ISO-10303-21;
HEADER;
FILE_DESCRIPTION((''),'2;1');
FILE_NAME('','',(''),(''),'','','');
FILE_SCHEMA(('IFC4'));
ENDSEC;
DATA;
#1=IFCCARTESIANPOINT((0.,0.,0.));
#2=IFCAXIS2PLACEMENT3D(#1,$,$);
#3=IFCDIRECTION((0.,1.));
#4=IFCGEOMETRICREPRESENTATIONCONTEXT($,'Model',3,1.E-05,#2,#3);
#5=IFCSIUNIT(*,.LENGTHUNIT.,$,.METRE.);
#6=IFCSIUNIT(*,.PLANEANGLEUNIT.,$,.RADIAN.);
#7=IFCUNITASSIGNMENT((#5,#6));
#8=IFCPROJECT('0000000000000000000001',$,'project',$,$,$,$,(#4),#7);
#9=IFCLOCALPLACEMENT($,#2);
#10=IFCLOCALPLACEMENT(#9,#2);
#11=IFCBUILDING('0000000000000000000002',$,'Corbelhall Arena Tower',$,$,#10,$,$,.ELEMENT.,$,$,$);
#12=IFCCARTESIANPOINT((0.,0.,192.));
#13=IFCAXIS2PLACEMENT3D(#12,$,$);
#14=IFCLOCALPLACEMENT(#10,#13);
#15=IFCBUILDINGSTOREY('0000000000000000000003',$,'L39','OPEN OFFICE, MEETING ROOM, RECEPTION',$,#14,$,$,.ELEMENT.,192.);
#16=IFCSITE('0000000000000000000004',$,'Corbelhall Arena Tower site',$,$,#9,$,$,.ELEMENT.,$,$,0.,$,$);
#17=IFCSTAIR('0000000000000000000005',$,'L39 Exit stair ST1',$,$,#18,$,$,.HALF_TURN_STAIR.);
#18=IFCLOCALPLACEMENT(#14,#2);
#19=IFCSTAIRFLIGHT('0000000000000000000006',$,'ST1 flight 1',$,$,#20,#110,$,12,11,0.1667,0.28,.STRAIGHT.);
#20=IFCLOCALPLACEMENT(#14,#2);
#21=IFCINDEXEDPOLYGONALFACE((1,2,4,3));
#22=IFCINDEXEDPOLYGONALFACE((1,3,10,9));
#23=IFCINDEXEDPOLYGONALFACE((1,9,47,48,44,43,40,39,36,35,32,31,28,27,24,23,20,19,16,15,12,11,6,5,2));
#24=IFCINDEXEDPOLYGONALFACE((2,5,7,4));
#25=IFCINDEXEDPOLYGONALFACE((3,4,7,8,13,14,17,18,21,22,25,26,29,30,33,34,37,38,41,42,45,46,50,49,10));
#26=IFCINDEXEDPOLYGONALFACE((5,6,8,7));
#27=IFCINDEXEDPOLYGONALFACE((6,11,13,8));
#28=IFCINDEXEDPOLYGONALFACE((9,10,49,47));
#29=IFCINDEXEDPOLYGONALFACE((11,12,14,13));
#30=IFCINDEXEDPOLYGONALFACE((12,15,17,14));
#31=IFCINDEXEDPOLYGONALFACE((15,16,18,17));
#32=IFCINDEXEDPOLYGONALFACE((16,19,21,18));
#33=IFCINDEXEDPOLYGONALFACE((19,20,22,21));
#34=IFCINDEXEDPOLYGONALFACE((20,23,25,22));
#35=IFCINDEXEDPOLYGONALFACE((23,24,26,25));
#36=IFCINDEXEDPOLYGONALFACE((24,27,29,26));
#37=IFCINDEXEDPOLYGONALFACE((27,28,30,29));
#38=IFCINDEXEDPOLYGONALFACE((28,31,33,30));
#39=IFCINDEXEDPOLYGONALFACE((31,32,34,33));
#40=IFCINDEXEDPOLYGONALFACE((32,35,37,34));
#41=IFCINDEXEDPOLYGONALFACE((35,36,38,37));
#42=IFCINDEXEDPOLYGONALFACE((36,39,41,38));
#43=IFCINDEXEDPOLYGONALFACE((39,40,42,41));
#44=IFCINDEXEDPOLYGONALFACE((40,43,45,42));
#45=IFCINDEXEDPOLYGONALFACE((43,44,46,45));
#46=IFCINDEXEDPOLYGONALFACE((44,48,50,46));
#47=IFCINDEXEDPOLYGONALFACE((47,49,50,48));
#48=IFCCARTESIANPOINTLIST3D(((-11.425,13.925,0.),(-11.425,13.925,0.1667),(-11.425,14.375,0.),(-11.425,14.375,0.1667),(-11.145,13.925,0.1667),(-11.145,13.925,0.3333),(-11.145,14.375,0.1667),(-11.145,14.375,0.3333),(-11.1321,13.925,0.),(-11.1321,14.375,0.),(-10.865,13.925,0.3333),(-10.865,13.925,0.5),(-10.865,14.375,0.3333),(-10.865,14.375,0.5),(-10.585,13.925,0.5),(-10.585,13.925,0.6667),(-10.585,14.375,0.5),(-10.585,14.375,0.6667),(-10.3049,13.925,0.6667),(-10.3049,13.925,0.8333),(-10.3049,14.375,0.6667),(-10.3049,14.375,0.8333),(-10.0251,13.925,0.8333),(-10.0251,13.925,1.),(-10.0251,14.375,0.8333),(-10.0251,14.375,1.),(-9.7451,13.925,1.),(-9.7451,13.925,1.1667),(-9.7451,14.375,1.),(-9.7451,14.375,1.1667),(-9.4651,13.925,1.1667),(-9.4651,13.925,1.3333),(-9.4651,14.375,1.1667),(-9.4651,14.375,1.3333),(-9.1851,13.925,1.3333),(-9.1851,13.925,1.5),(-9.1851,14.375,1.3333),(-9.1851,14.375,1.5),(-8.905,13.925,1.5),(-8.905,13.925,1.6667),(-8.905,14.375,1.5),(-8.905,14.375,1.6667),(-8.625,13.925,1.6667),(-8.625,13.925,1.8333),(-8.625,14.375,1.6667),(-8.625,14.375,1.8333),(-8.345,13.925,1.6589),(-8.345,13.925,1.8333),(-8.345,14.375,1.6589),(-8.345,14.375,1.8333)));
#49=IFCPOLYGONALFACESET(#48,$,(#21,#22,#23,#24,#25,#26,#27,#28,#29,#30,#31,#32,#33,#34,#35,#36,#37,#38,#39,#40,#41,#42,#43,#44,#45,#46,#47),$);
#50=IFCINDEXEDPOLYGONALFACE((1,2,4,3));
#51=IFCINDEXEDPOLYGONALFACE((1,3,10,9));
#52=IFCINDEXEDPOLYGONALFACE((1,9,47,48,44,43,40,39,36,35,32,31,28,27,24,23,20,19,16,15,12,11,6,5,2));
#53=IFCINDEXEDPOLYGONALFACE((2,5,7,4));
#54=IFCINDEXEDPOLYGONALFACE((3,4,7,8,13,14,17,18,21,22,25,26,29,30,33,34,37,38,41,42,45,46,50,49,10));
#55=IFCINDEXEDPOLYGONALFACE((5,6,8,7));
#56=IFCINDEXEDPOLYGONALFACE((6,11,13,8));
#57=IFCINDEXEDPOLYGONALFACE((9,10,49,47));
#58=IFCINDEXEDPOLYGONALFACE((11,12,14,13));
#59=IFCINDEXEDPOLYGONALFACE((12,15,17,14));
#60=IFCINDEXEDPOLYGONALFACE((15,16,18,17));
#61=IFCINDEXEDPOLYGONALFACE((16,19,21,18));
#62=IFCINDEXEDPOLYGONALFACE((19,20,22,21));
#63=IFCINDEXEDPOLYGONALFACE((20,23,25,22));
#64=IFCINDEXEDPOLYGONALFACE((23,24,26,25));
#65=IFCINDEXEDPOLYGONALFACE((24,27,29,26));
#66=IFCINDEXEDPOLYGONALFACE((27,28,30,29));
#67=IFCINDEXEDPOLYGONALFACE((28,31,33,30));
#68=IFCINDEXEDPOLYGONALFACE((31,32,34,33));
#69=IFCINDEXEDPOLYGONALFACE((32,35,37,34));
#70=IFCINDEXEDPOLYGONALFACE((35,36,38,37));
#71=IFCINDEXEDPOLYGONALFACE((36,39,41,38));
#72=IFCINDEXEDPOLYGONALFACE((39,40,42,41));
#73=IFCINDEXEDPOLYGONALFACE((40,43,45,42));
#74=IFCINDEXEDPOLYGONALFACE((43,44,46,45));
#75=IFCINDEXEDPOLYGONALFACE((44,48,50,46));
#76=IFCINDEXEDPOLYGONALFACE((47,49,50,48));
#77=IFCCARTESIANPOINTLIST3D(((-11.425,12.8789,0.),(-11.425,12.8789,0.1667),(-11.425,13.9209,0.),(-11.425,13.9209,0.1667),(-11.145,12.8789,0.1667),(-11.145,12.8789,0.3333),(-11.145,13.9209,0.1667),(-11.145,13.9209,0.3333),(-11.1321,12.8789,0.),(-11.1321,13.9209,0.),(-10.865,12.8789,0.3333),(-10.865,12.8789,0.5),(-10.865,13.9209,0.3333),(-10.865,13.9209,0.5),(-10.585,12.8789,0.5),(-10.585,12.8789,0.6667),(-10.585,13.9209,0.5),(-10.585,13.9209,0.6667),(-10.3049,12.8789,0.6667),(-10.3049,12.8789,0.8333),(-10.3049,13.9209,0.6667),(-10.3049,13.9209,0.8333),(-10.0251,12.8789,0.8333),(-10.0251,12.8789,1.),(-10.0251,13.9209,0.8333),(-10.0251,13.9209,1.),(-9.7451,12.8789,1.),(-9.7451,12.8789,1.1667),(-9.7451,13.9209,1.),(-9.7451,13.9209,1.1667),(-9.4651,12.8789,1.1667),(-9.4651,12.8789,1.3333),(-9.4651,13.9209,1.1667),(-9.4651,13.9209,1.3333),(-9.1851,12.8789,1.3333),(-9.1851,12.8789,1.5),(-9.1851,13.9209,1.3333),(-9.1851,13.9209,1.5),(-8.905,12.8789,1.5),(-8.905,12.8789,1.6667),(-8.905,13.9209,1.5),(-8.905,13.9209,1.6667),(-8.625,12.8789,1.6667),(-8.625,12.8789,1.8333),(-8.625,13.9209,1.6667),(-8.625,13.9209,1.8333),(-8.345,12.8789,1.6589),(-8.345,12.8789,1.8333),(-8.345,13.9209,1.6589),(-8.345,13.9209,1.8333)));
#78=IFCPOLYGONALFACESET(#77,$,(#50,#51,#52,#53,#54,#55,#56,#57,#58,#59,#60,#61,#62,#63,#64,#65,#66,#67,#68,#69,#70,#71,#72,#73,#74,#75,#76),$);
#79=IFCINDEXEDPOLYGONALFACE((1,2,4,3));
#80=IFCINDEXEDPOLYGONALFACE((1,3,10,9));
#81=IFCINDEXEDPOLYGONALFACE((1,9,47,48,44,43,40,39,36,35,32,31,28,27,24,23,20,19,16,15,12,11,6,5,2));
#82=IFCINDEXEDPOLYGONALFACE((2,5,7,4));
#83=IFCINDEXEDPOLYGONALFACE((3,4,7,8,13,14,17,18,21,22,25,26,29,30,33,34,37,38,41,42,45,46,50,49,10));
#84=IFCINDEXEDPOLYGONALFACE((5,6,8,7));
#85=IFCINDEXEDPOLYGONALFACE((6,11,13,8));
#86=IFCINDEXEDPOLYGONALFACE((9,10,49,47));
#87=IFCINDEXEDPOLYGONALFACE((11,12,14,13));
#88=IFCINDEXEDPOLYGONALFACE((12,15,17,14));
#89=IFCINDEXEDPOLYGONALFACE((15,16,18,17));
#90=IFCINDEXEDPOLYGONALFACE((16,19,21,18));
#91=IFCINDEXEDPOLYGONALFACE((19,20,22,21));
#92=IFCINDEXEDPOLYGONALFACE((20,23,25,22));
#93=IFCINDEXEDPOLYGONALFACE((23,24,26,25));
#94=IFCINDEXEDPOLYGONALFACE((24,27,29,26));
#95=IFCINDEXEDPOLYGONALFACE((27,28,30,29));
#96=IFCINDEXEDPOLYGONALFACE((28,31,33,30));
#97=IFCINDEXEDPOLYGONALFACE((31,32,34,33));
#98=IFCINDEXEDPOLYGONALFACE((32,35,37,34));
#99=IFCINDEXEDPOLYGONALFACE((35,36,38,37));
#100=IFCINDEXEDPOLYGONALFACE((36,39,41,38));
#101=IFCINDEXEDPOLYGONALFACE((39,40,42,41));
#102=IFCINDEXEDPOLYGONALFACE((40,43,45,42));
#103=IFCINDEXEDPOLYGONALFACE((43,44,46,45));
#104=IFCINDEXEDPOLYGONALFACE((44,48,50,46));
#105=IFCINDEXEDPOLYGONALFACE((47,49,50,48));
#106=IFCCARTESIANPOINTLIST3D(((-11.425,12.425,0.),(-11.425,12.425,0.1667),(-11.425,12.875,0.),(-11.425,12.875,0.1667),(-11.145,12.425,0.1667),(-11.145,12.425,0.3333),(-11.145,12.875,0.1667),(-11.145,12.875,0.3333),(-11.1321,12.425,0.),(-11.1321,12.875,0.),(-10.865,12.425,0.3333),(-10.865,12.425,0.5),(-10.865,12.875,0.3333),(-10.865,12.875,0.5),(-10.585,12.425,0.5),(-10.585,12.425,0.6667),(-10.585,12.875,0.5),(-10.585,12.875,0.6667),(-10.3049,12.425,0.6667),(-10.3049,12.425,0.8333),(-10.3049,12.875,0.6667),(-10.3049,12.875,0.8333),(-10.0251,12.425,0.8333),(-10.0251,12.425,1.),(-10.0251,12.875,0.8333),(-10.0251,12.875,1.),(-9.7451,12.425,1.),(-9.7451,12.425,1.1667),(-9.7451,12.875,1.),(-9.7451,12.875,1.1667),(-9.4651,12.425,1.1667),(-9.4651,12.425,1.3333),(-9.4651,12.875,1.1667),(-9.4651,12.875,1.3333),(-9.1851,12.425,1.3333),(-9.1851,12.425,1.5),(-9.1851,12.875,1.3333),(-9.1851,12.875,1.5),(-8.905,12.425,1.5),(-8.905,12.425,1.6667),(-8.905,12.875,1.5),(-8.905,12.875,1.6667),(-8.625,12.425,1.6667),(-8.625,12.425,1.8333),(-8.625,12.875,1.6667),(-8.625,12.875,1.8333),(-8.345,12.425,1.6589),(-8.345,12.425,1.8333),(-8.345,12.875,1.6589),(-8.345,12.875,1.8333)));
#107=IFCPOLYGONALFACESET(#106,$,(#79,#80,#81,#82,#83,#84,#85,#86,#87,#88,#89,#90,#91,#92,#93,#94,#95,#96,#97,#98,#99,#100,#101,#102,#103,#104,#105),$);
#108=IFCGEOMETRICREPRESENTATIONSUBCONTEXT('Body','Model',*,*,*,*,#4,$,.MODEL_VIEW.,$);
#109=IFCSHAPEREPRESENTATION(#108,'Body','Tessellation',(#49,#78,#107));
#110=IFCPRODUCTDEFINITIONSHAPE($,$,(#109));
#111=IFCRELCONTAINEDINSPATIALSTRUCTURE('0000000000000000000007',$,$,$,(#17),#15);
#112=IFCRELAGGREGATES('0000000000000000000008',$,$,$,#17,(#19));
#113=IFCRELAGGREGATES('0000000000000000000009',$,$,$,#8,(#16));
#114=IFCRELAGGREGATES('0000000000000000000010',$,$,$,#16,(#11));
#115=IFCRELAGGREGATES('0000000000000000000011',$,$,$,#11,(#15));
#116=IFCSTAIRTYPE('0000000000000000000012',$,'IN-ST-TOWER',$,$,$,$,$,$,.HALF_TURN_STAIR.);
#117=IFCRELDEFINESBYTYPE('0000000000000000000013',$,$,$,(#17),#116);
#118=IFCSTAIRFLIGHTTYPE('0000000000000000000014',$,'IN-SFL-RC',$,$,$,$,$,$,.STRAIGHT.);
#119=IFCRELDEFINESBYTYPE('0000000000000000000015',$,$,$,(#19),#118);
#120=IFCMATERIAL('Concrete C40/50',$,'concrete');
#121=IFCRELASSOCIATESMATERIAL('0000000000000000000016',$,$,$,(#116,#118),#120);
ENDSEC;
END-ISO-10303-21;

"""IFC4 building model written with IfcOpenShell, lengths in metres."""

from ifc_helpers import new_model, si_unit, direction, frame, origin, place, context, subcontext, project, spatial, polyline, outline, extrude, material, type_object, element, aggregate, save


model = new_model("IFC4")

# Units and contexts
model_context = context("Model", 3, precision=1e-05, world=origin(), true_north=direction((0.0, 1.0)))
body_context = subcontext(model_context, "Body", "Model", "MODEL_VIEW")
ifc_project = project(units=[si_unit("LENGTHUNIT", "METRE"), si_unit("PLANEANGLEUNIT", "RADIAN")], contexts=[model_context])

# Site, building, storey
site_placement = place(None, origin())
site = spatial("IfcSite", under=ifc_project, at=site_placement, Name="Corbelhall Arena Tower site", CompositionType="ELEMENT", RefElevation=0.0)
building_placement = place(site_placement, origin())
building = spatial("IfcBuilding", under=site, at=building_placement, Name="Corbelhall Arena Tower", CompositionType="ELEMENT")
storey_placement = place(building_placement, frame((0.0, 0.0, 192.0)))
storey = spatial("IfcBuildingStorey", under=building, at=storey_placement, Name="L39", Description="OPEN OFFICE, MEETING ROOM, RECEPTION", CompositionType="ELEMENT", Elevation=192.0)

# Shared definitions
ifc_material_1 = material(Name="Concrete C40/50", Category="concrete")

# Stair, stair flight
stair_type = type_object("IfcStairType", Name="IN-ST-TOWER", PredefinedType="HALF_TURN_STAIR", material=ifc_material_1)
stair_placement = place(storey_placement, origin())
stair = element("IfcStair", 1, at=stair_placement, inside=storey, type_object=stair_type, Name="L39 Exit stair ST1", PredefinedType="HALF_TURN_STAIR")
stair_flight_type = type_object("IfcStairFlightType", Name="IN-SFL-RC", PredefinedType="STRAIGHT", material=ifc_material_1)
stair_flight_placement = place(storey_placement, frame((-11.425, 13.3999, 0.0), z_axis=(0.0, 0.0, 1.0), x_axis=(1.0, 0.0, 0.0)))
stair_flight = element("IfcStairFlight", 2, at=stair_flight_placement, type_object=stair_flight_type, Name="ST1 flight 1", NumberOfRisers=12, NumberOfTreads=11, PredefinedType="STRAIGHT", RiserHeight=0.1667, TreadLength=0.28, context=body_context, shape_type="SweptSolid", body=[
    extrude(outline(polyline([(0.0, 0.0), (0.0, 0.1667), (0.28, 0.1667), (0.28, 0.3333), (0.5601, 0.3333), (0.5601, 0.5), (0.8401, 0.5), (0.8401, 0.6667), (1.1201, 0.6667), (1.1201, 0.8333), (1.3999, 0.8333), (1.3999, 1.0), (1.6799, 1.0), (1.6799, 1.1667), (1.96, 1.1667), (1.96, 1.3333), (2.24, 1.3333), (2.24, 1.5), (2.52, 1.5), (2.52, 1.6667), (2.8, 1.6667), (2.8, 1.8333), (3.0801, 1.8333), (3.0801, 2.0), (3.0801, 1.6589), (0.293, 0.0), (0.0, 0.0)])), frame((0.0, 0.9751, 0.0), z_axis=(0.0, -1.0, 0.0), x_axis=(1.0, 0.0, 0.0)), (0.0, 0.0, 1.0), 0.45),
    extrude(outline(polyline([(0.0, 0.0), (0.0, 0.1667), (0.28, 0.1667), (0.28, 0.3333), (0.5601, 0.3333), (0.5601, 0.5), (0.8401, 0.5), (0.8401, 0.6667), (1.1201, 0.6667), (1.1201, 0.8333), (1.3999, 0.8333), (1.3999, 1.0), (1.6799, 1.0), (1.6799, 1.1667), (1.96, 1.1667), (1.96, 1.3333), (2.24, 1.3333), (2.24, 1.5), (2.52, 1.5), (2.52, 1.6667), (2.8, 1.6667), (2.8, 1.8333), (3.0801, 1.8333), (3.0801, 2.0), (3.0801, 1.6589), (0.293, 0.0), (0.0, 0.0)])), frame((0.0, 0.521, 0.0), z_axis=(0.0, -1.0, 0.0), x_axis=(1.0, 0.0, 0.0)), (0.0, 0.0, 1.0), 1.042),
    extrude(outline(polyline([(0.0, 0.0), (0.0, 0.1667), (0.28, 0.1667), (0.28, 0.3333), (0.5601, 0.3333), (0.5601, 0.5), (0.8401, 0.5), (0.8401, 0.6667), (1.1201, 0.6667), (1.1201, 0.8333), (1.3999, 0.8333), (1.3999, 1.0), (1.6799, 1.0), (1.6799, 1.1667), (1.96, 1.1667), (1.96, 1.3333), (2.24, 1.3333), (2.24, 1.5), (2.52, 1.5), (2.52, 1.6667), (2.8, 1.6667), (2.8, 1.8333), (3.0801, 1.8333), (3.0801, 2.0), (3.0801, 1.6589), (0.293, 0.0), (0.0, 0.0)])), frame((0.0, -0.5249, 0.0), z_axis=(0.0, -1.0, 0.0), x_axis=(1.0, 0.0, 0.0)), (0.0, 0.0, 1.0), 0.45),
])
aggregate(stair, [stair_flight])

save(model, "model.ifc")
